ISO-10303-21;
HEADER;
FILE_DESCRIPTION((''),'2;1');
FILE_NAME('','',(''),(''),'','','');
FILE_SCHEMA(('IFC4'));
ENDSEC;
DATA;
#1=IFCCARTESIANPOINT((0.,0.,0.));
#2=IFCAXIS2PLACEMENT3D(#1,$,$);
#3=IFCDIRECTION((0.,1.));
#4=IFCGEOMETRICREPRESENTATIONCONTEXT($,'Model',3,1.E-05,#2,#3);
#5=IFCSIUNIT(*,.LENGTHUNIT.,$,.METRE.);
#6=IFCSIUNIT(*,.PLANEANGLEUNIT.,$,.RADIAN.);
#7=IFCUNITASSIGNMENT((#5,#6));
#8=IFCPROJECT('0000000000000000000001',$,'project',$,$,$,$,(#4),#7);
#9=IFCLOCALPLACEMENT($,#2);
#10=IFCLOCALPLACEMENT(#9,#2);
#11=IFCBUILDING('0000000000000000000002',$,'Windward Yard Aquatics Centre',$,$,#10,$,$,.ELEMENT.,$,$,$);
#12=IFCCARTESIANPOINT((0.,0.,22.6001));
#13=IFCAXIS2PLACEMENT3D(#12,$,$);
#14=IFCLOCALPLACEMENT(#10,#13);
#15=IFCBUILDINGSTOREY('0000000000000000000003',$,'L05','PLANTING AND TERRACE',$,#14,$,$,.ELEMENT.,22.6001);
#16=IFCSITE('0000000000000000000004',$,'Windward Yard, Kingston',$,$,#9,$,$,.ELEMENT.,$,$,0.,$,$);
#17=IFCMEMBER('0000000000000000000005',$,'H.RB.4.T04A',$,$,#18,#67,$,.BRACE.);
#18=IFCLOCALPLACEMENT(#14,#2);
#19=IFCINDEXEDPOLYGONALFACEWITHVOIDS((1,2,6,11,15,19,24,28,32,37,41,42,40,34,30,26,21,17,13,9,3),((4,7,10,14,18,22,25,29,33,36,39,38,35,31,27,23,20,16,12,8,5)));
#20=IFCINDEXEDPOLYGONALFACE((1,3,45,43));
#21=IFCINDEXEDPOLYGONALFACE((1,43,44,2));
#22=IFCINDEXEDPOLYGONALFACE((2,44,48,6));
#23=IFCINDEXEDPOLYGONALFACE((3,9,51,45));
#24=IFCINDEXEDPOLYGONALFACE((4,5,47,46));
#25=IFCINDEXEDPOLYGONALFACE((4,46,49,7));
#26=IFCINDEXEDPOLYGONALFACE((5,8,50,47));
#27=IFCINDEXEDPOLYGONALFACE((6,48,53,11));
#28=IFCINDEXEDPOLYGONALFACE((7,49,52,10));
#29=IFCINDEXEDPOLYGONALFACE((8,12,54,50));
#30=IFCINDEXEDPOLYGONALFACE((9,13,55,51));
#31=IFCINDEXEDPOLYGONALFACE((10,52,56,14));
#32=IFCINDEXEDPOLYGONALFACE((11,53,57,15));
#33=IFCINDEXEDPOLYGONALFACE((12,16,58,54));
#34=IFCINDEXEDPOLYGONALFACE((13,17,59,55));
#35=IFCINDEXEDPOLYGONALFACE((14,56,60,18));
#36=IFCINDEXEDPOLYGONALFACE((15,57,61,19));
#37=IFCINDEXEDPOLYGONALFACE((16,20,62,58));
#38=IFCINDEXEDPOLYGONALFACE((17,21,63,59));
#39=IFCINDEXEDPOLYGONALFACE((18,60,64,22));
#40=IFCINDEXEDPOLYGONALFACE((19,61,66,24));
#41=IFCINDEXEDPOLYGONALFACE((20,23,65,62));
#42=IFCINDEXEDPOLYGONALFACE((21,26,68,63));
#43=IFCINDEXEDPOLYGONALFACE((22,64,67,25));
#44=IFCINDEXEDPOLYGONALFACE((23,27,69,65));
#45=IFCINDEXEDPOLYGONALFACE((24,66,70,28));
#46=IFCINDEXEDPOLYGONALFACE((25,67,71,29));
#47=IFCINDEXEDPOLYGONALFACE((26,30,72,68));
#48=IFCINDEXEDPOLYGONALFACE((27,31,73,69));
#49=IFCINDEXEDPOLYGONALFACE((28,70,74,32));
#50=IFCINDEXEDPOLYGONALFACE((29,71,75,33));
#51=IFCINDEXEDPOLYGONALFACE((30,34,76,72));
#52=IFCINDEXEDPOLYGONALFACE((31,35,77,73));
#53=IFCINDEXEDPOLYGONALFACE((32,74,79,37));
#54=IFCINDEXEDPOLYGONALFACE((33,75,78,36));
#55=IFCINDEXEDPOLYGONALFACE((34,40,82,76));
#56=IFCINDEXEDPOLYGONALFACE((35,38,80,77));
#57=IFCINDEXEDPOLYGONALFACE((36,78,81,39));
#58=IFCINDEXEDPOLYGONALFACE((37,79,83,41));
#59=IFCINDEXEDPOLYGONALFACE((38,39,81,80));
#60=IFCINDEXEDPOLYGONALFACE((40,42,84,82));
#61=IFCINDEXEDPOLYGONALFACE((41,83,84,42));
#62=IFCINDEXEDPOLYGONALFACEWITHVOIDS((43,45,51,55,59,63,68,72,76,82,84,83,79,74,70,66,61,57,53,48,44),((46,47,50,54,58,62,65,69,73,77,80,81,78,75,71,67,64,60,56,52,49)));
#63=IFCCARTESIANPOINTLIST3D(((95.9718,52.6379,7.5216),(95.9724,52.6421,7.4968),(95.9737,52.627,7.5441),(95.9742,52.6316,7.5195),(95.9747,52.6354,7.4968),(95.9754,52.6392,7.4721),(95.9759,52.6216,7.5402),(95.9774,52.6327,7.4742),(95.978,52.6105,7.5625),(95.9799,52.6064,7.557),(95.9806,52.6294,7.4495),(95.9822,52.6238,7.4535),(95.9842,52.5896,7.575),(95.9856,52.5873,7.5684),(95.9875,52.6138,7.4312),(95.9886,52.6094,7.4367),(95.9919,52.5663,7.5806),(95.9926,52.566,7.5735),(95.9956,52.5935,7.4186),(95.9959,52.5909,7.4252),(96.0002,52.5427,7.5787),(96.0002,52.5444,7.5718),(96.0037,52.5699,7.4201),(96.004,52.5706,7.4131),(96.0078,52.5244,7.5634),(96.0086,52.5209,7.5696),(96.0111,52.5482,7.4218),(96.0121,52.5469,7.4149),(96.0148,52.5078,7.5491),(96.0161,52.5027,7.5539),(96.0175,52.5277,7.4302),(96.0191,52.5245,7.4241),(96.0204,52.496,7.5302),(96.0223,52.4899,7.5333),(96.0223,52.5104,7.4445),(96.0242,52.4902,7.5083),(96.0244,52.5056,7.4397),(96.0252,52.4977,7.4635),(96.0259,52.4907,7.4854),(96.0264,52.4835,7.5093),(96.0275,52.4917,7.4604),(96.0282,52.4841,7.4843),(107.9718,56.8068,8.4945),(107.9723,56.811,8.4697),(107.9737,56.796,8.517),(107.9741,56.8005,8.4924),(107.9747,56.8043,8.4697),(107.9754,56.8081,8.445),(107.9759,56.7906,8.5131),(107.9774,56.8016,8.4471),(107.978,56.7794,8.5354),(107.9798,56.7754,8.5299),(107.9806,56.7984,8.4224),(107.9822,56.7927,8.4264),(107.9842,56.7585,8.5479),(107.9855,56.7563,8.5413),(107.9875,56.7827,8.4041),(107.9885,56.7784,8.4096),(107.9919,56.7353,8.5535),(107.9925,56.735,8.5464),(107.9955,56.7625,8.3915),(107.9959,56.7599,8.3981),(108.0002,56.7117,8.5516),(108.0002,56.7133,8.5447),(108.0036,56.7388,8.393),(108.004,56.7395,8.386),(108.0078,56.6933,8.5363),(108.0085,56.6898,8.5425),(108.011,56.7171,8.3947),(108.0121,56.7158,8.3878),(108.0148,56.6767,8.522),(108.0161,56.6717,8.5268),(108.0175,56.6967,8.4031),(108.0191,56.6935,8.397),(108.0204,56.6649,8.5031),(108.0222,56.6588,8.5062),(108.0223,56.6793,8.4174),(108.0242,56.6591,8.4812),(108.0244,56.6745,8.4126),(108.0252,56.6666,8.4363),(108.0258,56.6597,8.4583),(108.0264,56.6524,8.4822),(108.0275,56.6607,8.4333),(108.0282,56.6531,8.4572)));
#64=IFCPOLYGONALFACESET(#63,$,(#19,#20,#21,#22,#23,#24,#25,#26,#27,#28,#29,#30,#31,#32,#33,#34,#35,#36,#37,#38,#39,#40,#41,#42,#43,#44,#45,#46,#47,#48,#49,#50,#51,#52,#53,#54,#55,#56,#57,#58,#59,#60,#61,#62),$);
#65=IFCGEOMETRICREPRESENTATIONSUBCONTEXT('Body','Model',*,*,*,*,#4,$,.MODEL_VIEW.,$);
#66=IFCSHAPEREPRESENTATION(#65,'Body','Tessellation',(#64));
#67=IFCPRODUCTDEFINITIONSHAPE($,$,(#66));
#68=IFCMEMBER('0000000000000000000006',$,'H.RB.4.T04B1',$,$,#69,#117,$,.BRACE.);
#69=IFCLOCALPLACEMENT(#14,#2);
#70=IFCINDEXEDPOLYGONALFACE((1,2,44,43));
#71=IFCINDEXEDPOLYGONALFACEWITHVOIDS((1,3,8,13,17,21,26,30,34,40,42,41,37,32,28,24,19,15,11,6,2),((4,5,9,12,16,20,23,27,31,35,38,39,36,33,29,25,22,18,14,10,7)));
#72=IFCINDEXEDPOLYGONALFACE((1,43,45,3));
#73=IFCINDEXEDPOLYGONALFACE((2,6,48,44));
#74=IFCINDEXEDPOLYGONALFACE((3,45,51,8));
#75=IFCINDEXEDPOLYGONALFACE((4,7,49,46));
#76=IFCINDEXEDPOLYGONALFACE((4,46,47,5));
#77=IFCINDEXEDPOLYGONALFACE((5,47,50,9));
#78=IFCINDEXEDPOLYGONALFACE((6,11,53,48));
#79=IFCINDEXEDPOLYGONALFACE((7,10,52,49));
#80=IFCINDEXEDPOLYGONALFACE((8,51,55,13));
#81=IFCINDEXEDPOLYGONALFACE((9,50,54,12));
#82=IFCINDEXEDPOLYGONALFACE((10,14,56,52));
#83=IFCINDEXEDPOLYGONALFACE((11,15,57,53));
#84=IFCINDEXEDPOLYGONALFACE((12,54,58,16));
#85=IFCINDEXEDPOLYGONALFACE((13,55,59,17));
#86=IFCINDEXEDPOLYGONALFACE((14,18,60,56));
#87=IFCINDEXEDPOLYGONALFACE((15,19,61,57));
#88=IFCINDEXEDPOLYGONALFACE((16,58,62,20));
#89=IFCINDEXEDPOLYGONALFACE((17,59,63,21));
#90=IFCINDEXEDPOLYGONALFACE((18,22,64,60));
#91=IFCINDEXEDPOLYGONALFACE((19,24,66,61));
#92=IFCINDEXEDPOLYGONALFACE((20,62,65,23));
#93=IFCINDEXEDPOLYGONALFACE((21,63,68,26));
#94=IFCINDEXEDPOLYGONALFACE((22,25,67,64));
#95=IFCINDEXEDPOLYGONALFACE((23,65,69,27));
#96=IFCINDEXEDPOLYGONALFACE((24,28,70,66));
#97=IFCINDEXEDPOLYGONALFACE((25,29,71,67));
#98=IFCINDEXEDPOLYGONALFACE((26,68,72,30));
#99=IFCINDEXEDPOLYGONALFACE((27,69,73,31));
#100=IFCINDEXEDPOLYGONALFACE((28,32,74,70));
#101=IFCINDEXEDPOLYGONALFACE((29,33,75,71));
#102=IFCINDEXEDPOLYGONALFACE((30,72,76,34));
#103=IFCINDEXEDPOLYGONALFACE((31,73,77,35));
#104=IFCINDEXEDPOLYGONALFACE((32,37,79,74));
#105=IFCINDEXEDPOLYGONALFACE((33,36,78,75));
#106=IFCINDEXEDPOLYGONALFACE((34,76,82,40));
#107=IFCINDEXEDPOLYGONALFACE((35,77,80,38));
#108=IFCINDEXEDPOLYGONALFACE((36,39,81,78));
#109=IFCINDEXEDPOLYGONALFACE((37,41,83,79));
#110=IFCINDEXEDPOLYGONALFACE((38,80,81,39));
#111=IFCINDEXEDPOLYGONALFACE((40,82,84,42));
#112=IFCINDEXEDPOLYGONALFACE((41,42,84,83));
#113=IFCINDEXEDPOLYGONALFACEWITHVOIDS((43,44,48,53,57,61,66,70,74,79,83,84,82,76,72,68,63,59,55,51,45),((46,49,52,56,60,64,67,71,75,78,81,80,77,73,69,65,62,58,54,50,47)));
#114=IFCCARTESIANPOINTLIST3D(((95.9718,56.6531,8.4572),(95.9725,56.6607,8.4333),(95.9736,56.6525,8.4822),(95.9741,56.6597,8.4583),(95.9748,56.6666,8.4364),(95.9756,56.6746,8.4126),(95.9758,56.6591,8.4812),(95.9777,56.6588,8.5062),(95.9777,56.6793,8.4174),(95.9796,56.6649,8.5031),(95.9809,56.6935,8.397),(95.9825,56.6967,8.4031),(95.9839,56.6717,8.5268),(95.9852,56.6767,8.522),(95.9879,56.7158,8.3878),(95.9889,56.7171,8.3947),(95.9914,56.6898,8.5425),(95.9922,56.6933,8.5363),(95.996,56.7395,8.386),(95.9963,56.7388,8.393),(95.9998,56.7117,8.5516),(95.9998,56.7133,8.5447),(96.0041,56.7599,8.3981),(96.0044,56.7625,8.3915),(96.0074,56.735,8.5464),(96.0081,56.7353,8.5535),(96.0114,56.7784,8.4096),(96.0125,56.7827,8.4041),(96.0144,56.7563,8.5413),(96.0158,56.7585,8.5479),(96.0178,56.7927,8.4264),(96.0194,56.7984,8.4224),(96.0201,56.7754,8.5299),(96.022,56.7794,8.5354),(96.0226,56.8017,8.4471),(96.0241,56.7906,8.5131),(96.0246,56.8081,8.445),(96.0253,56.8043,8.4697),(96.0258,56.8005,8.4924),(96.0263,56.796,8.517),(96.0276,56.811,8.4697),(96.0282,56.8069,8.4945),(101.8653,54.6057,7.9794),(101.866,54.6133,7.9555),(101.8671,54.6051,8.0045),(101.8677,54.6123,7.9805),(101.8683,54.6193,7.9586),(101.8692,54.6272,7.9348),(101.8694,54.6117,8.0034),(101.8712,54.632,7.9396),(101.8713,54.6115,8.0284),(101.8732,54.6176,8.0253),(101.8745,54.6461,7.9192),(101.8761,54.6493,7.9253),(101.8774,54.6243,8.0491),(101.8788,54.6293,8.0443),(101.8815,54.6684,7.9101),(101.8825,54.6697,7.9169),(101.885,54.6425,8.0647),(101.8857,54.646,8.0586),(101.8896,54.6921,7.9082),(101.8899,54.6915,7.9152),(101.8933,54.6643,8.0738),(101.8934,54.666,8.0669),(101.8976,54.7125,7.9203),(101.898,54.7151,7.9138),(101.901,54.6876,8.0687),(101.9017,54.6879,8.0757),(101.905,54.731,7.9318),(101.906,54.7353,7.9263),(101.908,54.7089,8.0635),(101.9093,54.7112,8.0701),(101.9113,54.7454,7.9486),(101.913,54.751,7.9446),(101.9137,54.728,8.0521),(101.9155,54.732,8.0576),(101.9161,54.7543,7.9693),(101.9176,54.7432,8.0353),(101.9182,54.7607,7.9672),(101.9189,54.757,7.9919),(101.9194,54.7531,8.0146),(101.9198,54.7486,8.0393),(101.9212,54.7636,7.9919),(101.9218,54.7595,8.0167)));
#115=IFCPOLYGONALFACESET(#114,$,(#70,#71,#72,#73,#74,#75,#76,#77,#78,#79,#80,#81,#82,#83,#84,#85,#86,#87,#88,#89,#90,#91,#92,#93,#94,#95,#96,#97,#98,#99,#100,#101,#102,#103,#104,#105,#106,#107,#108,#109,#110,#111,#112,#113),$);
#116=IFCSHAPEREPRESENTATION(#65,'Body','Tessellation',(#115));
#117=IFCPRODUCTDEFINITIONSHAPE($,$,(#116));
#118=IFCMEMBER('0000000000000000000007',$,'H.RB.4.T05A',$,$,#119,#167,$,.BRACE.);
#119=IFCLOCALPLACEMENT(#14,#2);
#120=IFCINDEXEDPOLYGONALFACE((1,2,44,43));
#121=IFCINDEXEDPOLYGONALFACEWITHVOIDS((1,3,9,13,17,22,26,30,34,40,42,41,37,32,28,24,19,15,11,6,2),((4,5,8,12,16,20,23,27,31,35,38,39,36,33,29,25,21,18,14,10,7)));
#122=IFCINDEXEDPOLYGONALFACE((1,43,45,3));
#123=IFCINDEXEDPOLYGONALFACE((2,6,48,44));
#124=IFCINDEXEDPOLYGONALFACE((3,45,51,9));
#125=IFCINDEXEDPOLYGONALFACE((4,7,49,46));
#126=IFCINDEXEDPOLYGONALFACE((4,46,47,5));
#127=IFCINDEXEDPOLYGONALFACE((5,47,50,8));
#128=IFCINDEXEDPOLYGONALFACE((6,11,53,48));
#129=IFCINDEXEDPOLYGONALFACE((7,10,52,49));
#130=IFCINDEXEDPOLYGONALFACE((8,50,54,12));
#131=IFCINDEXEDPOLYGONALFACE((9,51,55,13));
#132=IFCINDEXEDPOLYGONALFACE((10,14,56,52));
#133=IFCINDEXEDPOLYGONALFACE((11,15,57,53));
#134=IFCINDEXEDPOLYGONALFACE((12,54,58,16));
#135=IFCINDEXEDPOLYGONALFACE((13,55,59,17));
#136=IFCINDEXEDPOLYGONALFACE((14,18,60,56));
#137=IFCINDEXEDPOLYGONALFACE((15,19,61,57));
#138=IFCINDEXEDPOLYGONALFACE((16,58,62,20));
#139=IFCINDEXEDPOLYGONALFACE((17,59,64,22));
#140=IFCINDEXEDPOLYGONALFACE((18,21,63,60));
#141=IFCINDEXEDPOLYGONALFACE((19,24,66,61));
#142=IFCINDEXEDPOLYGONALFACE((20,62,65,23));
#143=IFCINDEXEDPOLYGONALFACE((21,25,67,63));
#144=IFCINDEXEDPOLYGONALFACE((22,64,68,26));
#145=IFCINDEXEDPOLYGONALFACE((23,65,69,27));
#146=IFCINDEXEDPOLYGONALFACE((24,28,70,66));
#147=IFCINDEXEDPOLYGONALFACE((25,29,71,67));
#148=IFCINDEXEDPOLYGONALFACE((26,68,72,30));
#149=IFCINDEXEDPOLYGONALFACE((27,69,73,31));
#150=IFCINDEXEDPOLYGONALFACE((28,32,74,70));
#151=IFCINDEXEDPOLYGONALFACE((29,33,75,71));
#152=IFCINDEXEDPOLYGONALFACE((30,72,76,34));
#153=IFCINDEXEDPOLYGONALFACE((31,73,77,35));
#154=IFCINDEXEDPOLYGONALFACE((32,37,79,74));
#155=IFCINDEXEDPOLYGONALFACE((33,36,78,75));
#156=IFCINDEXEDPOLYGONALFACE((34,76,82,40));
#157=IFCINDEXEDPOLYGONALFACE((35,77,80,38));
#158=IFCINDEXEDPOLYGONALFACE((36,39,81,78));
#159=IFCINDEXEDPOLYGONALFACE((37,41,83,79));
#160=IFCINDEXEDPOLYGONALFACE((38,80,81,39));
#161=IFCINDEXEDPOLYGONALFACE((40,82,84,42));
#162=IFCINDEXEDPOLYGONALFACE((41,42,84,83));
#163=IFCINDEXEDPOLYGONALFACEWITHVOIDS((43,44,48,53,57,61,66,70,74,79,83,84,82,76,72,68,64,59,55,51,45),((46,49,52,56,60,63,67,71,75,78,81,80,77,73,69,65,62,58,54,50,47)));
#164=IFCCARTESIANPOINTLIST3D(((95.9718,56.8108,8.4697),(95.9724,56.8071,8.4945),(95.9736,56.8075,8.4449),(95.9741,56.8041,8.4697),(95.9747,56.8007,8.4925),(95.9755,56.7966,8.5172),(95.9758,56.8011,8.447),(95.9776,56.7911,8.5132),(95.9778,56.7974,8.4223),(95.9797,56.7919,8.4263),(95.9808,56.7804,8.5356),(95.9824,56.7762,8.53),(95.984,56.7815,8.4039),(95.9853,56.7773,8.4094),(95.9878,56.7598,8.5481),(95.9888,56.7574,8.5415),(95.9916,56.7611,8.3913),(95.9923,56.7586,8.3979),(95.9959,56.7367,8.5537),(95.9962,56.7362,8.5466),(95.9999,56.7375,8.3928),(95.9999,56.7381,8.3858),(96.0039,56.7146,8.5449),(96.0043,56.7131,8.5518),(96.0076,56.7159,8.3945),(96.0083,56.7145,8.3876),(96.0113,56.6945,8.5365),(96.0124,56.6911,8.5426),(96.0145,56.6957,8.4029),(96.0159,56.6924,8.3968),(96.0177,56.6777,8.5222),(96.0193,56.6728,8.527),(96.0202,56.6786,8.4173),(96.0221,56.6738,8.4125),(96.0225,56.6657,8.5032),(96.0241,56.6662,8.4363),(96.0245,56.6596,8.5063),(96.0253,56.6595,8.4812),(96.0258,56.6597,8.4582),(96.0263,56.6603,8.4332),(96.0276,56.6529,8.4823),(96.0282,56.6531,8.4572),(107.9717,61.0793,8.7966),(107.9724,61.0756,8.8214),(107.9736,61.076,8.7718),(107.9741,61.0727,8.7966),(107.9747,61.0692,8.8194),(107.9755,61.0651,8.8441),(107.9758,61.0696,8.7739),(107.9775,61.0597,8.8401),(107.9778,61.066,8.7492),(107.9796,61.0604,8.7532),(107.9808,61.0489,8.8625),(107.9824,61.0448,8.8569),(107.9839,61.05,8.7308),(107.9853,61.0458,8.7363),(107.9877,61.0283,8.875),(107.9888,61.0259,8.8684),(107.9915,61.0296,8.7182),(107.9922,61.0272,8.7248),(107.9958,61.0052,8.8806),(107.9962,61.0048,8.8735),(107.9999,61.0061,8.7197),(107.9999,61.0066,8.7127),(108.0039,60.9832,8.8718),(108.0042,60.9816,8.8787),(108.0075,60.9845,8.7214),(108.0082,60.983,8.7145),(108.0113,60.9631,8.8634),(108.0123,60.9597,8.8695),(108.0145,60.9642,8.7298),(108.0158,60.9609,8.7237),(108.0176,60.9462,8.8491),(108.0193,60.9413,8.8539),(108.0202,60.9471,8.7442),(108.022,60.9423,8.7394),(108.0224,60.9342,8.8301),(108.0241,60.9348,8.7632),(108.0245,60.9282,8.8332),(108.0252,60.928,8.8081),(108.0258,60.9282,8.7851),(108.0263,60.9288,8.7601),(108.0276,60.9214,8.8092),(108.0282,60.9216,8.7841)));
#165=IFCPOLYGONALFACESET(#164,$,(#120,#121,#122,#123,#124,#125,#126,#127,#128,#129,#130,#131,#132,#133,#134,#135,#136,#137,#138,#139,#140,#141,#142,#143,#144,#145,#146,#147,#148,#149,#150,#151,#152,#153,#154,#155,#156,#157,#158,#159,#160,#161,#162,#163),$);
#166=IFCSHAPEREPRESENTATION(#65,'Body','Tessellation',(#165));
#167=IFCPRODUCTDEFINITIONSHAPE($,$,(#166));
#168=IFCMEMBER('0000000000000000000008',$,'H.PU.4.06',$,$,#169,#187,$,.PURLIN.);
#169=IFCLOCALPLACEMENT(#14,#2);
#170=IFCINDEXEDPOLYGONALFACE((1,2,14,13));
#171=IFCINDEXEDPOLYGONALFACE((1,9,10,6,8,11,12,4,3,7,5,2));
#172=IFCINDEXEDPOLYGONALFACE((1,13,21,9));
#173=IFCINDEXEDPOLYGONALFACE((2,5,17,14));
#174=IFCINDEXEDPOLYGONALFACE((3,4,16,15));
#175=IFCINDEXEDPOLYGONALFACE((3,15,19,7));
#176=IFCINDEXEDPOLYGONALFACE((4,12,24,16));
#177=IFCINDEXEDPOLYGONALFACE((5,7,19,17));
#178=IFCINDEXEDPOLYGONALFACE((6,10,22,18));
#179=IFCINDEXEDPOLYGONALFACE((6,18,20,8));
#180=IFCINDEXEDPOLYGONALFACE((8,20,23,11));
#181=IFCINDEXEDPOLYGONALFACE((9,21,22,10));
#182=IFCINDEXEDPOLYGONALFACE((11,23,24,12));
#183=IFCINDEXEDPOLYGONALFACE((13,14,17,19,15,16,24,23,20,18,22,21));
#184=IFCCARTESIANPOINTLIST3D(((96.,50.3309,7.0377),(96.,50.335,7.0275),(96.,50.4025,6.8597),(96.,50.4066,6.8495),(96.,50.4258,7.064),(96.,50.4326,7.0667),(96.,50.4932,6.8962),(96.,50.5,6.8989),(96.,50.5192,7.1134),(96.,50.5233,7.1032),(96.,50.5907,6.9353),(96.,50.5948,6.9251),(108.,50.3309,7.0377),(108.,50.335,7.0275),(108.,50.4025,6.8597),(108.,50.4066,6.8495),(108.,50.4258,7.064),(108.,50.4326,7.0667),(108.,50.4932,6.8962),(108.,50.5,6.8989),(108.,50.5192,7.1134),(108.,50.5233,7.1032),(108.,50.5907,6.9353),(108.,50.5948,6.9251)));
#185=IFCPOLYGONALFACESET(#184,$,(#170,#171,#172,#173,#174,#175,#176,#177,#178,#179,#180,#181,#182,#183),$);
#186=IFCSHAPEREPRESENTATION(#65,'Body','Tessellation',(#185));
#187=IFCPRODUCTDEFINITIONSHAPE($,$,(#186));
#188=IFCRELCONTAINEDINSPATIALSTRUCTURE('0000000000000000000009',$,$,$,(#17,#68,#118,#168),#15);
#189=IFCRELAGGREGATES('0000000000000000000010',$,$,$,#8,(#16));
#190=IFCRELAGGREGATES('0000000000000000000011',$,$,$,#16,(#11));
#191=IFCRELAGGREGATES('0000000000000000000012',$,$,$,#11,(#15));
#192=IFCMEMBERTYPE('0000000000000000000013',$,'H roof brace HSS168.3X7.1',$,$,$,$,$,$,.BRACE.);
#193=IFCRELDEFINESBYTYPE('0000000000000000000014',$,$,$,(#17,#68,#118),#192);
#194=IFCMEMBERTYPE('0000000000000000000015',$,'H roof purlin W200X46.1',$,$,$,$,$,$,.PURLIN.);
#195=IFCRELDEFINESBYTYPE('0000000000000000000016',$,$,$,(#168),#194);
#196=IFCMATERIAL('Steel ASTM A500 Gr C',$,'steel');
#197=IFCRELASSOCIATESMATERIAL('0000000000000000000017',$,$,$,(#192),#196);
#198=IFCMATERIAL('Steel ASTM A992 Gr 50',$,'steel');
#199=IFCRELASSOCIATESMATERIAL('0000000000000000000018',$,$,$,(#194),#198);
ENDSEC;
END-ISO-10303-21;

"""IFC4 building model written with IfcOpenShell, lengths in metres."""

from ifc_helpers import new_model, si_unit, direction, frame, origin, origin_2d, place, context, subcontext, project, spatial, hollow_circle, i_section, extrude, material, material_profile, profile_set, type_object, element, save


model = new_model("IFC4")

# Units and contexts
model_context = context("Model", 3, precision=1e-05, world=origin(), true_north=direction((0.0, 1.0)))
body_context = subcontext(model_context, "Body", "Model", "MODEL_VIEW")
ifc_project = project(units=[si_unit("LENGTHUNIT", "METRE"), si_unit("PLANEANGLEUNIT", "RADIAN")], contexts=[model_context])

# Site, building, storey
site_placement = place(None, origin())
site = spatial("IfcSite", under=ifc_project, at=site_placement, Name="Windward Yard, Kingston", CompositionType="ELEMENT", RefElevation=0.0)
building_placement = place(site_placement, origin())
building = spatial("IfcBuilding", under=site, at=building_placement, Name="Windward Yard Aquatics Centre", CompositionType="ELEMENT")
storey_placement = place(building_placement, frame((0.0, 0.0, 22.6001)))
storey = spatial("IfcBuildingStorey", under=building, at=storey_placement, Name="L05", Description="PLANTING AND TERRACE", CompositionType="ELEMENT", Elevation=22.6001)

# Members
ifc_material_1 = material(Name="Steel ASTM A500 Gr C", Category="steel")
ifc_material_profile_1 = material_profile(ifc_material_1, hollow_circle(Radius=0.0842, WallThickness=0.0071, at=origin_2d()), Name="HSS168.3X7.1")
ifc_profile_set_1 = profile_set([ifc_material_profile_1], Name="Steel ASTM A500 Gr C")
member_type_1 = type_object("IfcMemberType", Name="H roof brace HSS168.3X7.1", PredefinedType="BRACE", material=ifc_profile_set_1)
member_1_placement = place(storey_placement, frame((96.0, 52.5625, 7.4968), z_axis=(0.94186, 0.327214, 0.076361), x_axis=(-0.328172, 0.944618, 0.0)))
element("IfcMember", 1, at=member_1_placement, inside=storey, type_object=member_type_1, Name="H.RB.4.T04A", PredefinedType="BRACE", context=body_context, shape_type="SweptSolid", body=[
    extrude(hollow_circle(Radius=0.0842, WallThickness=0.0071, at=origin_2d()), origin(), (0.0, 0.0, 1.0), 12.7407),
])
member_2_placement = place(storey_placement, frame((96.0, 56.7314, 8.4697), z_axis=(0.941867, -0.327195, -0.076356), x_axis=(0.328153, 0.944624, 0.0)))
element("IfcMember", 2, at=member_2_placement, inside=storey, type_object=member_type_1, Name="H.RB.4.T04B1", PredefinedType="BRACE", context=body_context, shape_type="SweptSolid", body=[
    extrude(hollow_circle(Radius=0.0842, WallThickness=0.0071, at=origin_2d()), origin(), (0.0, 0.0, 1.0), 6.2573),
])
member_3_placement = place(storey_placement, frame((96.0, 56.7314, 8.4697), z_axis=(0.941858, 0.335031, 0.025658), x_axis=(-0.335141, 0.942168, 0.0)))
element("IfcMember", 3, at=member_3_placement, inside=storey, type_object=member_type_1, Name="H.RB.4.T05A", PredefinedType="BRACE", context=body_context, shape_type="SweptSolid", body=[
    extrude(hollow_circle(Radius=0.0842, WallThickness=0.0071, at=origin_2d()), origin(), (0.0, 0.0, 1.0), 12.7407),
])
ifc_material_2 = material(Name="Steel ASTM A992 Gr 50", Category="steel")
ifc_material_profile_2 = material_profile(ifc_material_2, i_section(OverallWidth=0.2029, OverallDepth=0.2029, WebThickness=0.0073, FlangeThickness=0.011, at=origin_2d()), Name="W200X46.1")
ifc_profile_set_2 = profile_set([ifc_material_profile_2], Name="Steel ASTM A992 Gr 50")
member_type_2 = type_object("IfcMemberType", Name="H roof purlin W200X46.1", PredefinedType="PURLIN", material=ifc_profile_set_2)
for number, where, z_axis, x_axis, name in (
    (4, (96.0, 50.4629, 6.9814), (1.0, 0.0, 0.0), (0.0, 0.927869, 0.372907), "H.PU.4.06"),
):
    element("IfcMember", number, at=place(storey_placement, frame(where, z_axis=z_axis, x_axis=x_axis)), inside=storey, type_object=member_type_2, Name=name, PredefinedType="PURLIN", context=body_context, shape_type="SweptSolid", body=[
        extrude(i_section(OverallWidth=0.2029, OverallDepth=0.2029, WebThickness=0.0073, FlangeThickness=0.011, at=origin_2d()), origin(), (0.0, 0.0, 1.0), 12.0),
    ])

save(model, "model.ifc")
